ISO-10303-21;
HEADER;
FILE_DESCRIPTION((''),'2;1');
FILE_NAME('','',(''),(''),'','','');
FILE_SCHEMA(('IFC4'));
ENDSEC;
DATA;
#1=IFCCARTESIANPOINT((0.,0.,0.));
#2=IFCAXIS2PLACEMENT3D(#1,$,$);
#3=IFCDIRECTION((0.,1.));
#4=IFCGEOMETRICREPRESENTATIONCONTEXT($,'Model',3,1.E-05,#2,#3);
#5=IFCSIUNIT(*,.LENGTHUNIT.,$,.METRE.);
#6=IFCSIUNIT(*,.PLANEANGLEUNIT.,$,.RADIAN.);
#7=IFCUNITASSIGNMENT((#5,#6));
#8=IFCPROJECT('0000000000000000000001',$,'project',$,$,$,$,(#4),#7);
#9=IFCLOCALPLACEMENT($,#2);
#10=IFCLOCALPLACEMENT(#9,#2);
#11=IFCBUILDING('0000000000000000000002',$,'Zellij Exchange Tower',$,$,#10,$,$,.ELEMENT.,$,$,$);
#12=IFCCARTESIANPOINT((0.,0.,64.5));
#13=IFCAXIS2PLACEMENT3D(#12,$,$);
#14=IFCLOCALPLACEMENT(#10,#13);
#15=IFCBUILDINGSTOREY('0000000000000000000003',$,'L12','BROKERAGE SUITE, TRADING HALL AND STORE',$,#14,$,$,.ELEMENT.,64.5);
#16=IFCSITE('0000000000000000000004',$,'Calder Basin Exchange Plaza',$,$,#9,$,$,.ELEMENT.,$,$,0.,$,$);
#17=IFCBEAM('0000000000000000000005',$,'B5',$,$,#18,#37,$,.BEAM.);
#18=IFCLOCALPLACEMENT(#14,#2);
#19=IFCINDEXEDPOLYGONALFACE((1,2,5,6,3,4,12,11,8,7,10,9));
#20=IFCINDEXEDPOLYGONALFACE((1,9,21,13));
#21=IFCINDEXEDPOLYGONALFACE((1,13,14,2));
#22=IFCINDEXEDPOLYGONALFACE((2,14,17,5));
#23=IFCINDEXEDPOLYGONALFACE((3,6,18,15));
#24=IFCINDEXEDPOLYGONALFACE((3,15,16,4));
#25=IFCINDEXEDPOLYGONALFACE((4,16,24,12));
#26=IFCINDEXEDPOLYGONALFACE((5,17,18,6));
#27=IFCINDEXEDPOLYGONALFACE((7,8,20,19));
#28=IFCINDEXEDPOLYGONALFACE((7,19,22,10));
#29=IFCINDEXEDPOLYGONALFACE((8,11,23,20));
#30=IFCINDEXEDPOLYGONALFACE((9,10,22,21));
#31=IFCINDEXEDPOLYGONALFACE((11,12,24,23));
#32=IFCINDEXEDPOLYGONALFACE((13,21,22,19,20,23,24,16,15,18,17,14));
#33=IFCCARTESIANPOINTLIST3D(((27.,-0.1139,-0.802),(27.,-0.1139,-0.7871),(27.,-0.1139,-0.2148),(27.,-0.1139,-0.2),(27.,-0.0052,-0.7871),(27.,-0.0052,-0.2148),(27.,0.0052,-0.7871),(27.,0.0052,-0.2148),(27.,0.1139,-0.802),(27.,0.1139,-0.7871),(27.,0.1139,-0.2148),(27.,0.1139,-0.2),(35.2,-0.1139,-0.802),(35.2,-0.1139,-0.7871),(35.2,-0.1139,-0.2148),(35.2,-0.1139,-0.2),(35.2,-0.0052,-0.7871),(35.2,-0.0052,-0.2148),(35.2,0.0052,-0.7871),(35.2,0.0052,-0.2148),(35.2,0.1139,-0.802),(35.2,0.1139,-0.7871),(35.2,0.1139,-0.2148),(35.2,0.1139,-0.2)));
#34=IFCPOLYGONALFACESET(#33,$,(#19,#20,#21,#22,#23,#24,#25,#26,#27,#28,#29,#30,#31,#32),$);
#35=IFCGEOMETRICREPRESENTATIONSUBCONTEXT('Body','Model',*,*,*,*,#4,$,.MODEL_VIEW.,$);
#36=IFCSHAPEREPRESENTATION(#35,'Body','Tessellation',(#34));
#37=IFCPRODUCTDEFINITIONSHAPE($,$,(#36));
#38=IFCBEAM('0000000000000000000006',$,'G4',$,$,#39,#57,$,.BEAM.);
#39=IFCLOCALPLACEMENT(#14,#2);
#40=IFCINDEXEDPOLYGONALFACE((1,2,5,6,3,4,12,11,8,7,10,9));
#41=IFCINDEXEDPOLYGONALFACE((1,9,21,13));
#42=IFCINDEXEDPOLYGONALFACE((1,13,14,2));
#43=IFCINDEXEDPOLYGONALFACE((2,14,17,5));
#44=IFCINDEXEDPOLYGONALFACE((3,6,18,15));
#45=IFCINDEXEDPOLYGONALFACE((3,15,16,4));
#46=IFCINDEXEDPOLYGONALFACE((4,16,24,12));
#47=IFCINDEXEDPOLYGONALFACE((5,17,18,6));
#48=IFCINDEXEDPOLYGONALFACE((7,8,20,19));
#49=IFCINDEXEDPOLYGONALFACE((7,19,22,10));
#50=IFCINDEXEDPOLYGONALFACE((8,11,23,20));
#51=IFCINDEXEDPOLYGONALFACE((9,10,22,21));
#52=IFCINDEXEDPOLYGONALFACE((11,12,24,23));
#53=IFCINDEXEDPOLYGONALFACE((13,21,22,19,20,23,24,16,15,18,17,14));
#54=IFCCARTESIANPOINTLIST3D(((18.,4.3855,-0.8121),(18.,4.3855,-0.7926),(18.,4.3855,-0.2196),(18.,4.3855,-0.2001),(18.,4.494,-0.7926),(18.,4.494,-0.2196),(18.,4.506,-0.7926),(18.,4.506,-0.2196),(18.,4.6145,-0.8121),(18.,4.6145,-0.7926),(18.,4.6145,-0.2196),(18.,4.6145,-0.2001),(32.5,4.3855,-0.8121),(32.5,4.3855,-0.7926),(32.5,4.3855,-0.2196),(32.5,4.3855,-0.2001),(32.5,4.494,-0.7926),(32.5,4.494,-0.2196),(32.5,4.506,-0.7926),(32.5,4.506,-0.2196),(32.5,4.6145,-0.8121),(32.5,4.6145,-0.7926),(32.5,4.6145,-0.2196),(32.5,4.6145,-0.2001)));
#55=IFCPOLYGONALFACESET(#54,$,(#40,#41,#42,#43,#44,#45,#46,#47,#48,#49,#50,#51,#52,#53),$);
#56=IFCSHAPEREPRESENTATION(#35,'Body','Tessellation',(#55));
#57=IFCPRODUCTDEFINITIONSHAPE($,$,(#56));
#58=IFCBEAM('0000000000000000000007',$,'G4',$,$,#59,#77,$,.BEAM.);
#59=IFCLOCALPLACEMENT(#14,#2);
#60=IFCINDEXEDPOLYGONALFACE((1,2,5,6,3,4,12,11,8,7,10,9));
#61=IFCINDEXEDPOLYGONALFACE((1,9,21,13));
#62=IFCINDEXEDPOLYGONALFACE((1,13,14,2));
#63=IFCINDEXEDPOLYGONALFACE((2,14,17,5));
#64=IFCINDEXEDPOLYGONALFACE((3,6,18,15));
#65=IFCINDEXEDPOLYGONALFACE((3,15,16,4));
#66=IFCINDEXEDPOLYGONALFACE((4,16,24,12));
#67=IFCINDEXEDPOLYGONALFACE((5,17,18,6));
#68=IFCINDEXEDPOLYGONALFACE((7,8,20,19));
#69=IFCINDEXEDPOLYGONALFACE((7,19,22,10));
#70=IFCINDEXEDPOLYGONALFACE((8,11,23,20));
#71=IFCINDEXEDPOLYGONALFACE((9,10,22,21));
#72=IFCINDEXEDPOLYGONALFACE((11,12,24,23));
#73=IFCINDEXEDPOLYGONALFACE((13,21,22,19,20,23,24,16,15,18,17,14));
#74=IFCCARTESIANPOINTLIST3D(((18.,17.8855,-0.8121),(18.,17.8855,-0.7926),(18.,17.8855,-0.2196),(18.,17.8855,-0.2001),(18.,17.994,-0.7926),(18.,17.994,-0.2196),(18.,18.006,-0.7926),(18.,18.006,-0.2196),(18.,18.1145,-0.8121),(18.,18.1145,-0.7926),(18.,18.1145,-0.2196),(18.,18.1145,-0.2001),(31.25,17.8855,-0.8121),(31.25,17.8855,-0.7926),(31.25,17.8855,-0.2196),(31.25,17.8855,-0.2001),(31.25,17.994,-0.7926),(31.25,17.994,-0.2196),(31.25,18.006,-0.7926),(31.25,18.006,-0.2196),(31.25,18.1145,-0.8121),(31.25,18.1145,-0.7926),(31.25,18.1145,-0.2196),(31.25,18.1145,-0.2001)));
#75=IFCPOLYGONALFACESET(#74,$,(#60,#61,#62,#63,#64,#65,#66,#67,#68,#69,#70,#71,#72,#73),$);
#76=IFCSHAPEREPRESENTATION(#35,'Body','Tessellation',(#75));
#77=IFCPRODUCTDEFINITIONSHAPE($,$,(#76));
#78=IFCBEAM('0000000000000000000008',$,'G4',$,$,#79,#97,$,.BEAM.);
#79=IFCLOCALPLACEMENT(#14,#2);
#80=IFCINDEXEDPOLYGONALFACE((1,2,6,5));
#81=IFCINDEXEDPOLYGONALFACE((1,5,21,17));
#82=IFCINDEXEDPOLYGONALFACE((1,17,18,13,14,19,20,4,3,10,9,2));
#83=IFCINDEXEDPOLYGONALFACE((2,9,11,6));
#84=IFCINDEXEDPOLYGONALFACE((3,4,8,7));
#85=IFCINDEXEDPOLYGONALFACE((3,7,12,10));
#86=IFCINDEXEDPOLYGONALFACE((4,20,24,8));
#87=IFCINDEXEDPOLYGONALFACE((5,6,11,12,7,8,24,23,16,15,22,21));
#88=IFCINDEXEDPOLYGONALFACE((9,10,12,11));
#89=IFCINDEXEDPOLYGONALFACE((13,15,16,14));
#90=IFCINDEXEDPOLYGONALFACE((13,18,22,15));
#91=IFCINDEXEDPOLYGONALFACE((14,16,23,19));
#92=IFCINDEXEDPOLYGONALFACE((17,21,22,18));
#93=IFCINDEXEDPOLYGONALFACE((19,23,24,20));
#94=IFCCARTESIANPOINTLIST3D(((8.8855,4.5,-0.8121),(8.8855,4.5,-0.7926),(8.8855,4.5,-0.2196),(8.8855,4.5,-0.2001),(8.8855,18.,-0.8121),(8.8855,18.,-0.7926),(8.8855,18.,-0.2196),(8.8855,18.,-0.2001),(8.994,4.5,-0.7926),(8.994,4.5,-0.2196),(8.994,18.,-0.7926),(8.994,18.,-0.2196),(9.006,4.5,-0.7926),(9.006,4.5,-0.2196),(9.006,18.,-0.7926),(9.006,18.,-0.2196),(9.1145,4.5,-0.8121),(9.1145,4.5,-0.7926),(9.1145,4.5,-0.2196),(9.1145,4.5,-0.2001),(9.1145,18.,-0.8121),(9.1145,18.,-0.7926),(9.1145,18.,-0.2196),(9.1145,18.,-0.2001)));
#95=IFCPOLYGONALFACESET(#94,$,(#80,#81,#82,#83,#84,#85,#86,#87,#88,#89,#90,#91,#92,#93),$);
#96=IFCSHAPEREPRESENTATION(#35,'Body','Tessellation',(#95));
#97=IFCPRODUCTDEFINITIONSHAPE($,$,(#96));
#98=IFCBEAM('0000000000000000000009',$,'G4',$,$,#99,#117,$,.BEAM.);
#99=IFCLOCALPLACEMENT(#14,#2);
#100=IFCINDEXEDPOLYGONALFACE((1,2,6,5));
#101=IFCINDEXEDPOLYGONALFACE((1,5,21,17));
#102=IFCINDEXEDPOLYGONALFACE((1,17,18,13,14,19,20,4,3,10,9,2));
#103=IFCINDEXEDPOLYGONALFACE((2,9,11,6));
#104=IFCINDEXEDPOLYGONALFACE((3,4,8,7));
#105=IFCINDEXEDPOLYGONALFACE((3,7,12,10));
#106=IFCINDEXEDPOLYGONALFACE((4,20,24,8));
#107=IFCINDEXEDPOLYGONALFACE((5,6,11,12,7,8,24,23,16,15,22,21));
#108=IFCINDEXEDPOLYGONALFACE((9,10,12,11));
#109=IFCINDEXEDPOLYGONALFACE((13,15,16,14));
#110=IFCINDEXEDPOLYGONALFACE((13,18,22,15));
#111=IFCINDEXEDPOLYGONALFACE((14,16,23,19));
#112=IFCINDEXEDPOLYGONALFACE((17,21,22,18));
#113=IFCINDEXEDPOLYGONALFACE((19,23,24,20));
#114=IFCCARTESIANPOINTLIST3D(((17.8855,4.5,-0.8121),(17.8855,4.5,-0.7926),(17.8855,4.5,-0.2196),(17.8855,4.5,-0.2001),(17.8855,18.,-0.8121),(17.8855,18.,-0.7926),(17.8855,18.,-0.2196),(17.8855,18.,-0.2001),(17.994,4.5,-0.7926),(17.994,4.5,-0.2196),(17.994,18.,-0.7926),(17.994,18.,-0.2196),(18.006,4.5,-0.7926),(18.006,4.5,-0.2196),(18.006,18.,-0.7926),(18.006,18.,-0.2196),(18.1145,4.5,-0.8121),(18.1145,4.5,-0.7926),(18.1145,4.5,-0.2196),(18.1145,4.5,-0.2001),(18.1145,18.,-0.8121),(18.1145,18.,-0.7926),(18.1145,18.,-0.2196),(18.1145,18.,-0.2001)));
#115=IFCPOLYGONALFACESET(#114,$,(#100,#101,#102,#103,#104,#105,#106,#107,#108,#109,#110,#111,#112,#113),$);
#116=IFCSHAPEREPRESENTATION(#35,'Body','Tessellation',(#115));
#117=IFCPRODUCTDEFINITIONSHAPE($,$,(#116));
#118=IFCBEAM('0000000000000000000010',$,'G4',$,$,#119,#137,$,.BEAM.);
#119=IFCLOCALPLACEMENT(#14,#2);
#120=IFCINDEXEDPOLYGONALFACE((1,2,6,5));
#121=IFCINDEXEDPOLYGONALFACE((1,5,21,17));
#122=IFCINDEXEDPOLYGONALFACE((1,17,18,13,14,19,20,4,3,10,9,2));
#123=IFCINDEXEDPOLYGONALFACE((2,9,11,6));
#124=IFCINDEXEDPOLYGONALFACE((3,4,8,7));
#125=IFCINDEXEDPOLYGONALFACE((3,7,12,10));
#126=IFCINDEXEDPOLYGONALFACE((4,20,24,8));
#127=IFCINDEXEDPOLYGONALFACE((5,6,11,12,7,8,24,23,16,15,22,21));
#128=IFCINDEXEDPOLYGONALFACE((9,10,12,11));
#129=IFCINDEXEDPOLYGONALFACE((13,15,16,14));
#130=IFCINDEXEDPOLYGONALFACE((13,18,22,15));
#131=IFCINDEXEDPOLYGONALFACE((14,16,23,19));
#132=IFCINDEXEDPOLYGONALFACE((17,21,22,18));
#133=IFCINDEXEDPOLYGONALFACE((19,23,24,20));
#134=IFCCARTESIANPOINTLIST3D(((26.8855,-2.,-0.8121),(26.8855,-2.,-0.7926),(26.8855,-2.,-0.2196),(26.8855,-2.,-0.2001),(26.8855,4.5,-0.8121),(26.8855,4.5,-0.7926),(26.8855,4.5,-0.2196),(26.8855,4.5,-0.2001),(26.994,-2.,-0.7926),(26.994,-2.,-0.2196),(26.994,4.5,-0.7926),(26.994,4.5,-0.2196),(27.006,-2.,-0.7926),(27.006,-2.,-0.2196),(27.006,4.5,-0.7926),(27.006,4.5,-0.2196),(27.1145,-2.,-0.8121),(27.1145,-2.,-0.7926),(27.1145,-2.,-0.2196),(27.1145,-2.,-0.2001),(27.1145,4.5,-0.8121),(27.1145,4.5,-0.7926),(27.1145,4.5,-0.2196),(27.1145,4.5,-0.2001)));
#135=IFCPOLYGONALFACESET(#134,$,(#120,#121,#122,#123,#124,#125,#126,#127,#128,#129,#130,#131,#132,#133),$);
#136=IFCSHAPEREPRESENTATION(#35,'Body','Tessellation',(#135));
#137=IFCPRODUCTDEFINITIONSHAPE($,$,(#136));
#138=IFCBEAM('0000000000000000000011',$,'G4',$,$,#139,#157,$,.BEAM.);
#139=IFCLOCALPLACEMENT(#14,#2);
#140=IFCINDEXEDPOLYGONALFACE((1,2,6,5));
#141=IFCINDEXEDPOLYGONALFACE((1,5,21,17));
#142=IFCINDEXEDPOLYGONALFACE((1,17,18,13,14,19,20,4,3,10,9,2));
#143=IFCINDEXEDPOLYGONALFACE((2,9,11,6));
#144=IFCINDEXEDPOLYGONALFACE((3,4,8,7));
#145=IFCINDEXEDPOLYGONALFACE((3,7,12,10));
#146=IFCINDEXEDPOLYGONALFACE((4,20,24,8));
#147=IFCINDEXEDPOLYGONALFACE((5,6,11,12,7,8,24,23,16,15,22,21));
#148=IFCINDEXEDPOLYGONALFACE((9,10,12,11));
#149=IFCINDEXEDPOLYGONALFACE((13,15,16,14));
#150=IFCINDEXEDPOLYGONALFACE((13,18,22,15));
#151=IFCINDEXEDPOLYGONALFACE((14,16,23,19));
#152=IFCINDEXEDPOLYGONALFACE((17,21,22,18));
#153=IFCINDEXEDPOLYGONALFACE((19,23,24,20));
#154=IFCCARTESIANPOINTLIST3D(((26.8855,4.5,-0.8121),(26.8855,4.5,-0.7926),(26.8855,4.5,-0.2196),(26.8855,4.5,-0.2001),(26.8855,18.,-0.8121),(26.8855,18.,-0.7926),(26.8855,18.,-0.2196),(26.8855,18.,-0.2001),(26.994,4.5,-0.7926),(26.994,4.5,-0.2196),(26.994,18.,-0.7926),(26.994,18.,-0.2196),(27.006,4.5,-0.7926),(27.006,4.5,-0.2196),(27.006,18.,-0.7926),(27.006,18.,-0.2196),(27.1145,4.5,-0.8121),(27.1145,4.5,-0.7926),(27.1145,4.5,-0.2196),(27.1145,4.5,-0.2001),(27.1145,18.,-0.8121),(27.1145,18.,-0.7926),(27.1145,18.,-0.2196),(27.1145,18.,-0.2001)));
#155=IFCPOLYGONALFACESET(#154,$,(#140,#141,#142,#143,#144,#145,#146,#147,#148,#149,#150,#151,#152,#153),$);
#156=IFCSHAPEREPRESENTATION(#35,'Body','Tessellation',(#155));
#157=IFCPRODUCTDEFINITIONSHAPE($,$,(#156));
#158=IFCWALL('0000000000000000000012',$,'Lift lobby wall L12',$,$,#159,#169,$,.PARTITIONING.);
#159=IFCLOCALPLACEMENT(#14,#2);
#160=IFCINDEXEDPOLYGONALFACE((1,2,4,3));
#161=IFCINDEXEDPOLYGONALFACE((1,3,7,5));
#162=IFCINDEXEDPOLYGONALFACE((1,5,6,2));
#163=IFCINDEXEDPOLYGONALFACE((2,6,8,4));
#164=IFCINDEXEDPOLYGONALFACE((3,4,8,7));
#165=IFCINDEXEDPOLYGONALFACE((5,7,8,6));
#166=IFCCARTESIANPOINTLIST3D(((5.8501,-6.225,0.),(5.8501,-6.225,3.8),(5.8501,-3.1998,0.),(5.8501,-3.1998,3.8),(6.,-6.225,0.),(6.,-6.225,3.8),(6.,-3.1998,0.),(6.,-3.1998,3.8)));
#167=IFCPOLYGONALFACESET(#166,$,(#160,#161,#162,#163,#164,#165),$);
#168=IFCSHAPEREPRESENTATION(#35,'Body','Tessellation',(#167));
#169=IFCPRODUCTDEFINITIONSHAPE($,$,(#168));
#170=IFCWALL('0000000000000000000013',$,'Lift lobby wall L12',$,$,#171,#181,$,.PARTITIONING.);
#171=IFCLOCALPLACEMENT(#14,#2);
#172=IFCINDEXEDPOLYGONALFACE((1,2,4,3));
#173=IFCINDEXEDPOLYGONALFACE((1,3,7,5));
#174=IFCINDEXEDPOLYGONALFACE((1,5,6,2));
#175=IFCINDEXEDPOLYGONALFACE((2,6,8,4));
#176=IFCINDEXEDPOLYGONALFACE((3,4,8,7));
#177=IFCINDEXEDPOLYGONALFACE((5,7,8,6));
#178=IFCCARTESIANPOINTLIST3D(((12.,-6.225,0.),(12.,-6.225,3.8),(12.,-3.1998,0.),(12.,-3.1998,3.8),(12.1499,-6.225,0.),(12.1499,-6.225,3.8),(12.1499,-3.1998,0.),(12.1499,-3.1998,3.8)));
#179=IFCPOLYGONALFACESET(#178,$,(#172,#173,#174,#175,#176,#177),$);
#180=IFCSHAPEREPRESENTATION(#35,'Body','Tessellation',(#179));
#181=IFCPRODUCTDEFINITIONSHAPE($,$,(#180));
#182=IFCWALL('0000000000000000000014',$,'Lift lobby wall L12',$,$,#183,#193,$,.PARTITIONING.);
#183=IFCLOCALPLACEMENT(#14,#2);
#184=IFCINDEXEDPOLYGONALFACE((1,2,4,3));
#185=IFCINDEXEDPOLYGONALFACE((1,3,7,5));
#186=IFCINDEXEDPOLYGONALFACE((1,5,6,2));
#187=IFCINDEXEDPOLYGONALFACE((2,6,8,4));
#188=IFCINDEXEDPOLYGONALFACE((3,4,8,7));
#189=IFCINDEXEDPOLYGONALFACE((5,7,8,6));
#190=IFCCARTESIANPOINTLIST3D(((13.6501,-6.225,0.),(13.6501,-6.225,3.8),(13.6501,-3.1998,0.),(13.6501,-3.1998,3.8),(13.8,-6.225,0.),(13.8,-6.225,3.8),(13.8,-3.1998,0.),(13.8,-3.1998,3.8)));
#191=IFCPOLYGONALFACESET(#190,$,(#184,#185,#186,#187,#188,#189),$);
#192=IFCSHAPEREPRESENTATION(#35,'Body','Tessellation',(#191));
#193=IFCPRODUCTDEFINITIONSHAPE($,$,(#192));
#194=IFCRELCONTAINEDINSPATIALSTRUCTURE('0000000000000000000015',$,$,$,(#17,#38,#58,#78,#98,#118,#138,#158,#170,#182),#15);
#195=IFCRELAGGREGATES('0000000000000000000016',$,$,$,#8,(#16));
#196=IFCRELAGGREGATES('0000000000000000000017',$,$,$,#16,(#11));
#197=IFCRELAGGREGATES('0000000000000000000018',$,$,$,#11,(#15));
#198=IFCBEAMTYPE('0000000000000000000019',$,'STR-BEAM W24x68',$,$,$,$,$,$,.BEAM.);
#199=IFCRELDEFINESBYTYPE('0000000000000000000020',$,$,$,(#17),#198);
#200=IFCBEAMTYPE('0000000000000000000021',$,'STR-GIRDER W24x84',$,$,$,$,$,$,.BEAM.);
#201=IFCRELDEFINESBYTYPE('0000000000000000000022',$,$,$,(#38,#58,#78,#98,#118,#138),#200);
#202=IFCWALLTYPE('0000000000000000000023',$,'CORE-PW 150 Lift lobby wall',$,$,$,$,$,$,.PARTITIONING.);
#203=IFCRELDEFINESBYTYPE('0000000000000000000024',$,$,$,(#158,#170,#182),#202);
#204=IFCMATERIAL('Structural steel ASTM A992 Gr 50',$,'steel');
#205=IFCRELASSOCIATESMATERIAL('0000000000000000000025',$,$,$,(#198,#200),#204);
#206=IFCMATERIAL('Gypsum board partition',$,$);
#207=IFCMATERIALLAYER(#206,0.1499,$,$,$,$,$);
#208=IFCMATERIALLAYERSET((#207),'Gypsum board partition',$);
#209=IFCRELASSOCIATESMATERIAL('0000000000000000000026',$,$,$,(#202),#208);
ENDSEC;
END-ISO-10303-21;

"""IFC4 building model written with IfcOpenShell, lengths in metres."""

from ifc_helpers import new_model, si_unit, direction, frame, frame_2d, origin, origin_2d, place, context, subcontext, project, spatial, rectangle, i_section, extrude, material, layer, layer_set, material_profile, profile_set, type_object, element, save


model = new_model("IFC4")

# Units and contexts
model_context = context("Model", 3, precision=1e-05, world=origin(), true_north=direction((0.0, 1.0)))
body_context = subcontext(model_context, "Body", "Model", "MODEL_VIEW")
ifc_project = project(units=[si_unit("LENGTHUNIT", "METRE"), si_unit("PLANEANGLEUNIT", "RADIAN")], contexts=[model_context])

# Site, building, storey
site_placement = place(None, origin())
site = spatial("IfcSite", under=ifc_project, at=site_placement, Name="Calder Basin Exchange Plaza", CompositionType="ELEMENT", RefElevation=0.0)
building_placement = place(site_placement, origin())
building = spatial("IfcBuilding", under=site, at=building_placement, Name="Zellij Exchange Tower", CompositionType="ELEMENT")
storey_placement = place(building_placement, frame((0.0, 0.0, 64.5)))
storey = spatial("IfcBuildingStorey", under=building, at=storey_placement, Name="L12", Description="BROKERAGE SUITE, TRADING HALL AND STORE", CompositionType="ELEMENT", Elevation=64.5)

# Beams
ifc_material_1 = material(Name="Structural steel ASTM A992 Gr 50", Category="steel")
ifc_material_profile_1 = material_profile(ifc_material_1, i_section(OverallWidth=0.2278, OverallDepth=0.6021, WebThickness=0.0105, FlangeThickness=0.0149, at=origin_2d()), Name="W24x68")
ifc_profile_set_1 = profile_set([ifc_material_profile_1], Name="Structural steel ASTM A992 Gr 50")
beam_type_1 = type_object("IfcBeamType", Name="STR-BEAM W24x68", PredefinedType="BEAM", material=ifc_profile_set_1)
for number, where, z_axis, x_axis, name in (
    (1, (27.0, 0.0, -0.501), (1.0, 0.0, 0.0), (0.0, 1.0, 0.0), "B5"),
):
    element("IfcBeam", number, at=place(storey_placement, frame(where, z_axis=z_axis, x_axis=x_axis)), inside=storey, type_object=beam_type_1, Name=name, PredefinedType="BEAM", context=body_context, shape_type="SweptSolid", body=[
        extrude(i_section(OverallWidth=0.2278, OverallDepth=0.6021, WebThickness=0.0105, FlangeThickness=0.0149, at=origin_2d()), origin(), (0.0, 0.0, 1.0), 8.2),
    ])
ifc_material_profile_2 = material_profile(ifc_material_1, i_section(OverallWidth=0.229, OverallDepth=0.6121, WebThickness=0.012, FlangeThickness=0.0195, at=origin_2d()), Name="W24x84")
ifc_profile_set_2 = profile_set([ifc_material_profile_2], Name="Structural steel ASTM A992 Gr 50")
beam_type_2 = type_object("IfcBeamType", Name="STR-GIRDER W24x84", PredefinedType="BEAM", material=ifc_profile_set_2)
beam_1_placement = place(storey_placement, frame((18.0, 4.5, -0.5061), z_axis=(1.0, 0.0, 0.0), x_axis=(0.0, 1.0, 0.0)))
element("IfcBeam", 2, at=beam_1_placement, inside=storey, type_object=beam_type_2, Name="G4", PredefinedType="BEAM", context=body_context, shape_type="SweptSolid", body=[
    extrude(i_section(OverallWidth=0.229, OverallDepth=0.6121, WebThickness=0.012, FlangeThickness=0.0195, at=origin_2d()), origin(), (0.0, 0.0, 1.0), 14.5),
])
beam_2_placement = place(storey_placement, frame((18.0, 18.0, -0.5061), z_axis=(1.0, 0.0, 0.0), x_axis=(0.0, 1.0, 0.0)))
element("IfcBeam", 3, at=beam_2_placement, inside=storey, type_object=beam_type_2, Name="G4", PredefinedType="BEAM", context=body_context, shape_type="SweptSolid", body=[
    extrude(i_section(OverallWidth=0.229, OverallDepth=0.6121, WebThickness=0.012, FlangeThickness=0.0195, at=origin_2d()), origin(), (0.0, 0.0, 1.0), 13.25),
])
for number, where, z_axis, x_axis, name in (
    (4, (9.0, 4.5, -0.5061), (0.0, 1.0, 0.0), (-1.0, 0.0, 0.0), "G4"),
    (5, (18.0, 4.5, -0.5061), (0.0, 1.0, 0.0), (-1.0, 0.0, 0.0), "G4"),
):
    element("IfcBeam", number, at=place(storey_placement, frame(where, z_axis=z_axis, x_axis=x_axis)), inside=storey, type_object=beam_type_2, Name=name, PredefinedType="BEAM", context=body_context, shape_type="SweptSolid", body=[
        extrude(i_section(OverallWidth=0.229, OverallDepth=0.6121, WebThickness=0.012, FlangeThickness=0.0195, at=origin_2d()), origin(), (0.0, 0.0, 1.0), 13.5),
    ])
beam_3_placement = place(storey_placement, frame((27.0, -2.0, -0.5061), z_axis=(0.0, 1.0, 0.0), x_axis=(-1.0, 0.0, 0.0)))
element("IfcBeam", 6, at=beam_3_placement, inside=storey, type_object=beam_type_2, Name="G4", PredefinedType="BEAM", context=body_context, shape_type="SweptSolid", body=[
    extrude(i_section(OverallWidth=0.229, OverallDepth=0.6121, WebThickness=0.012, FlangeThickness=0.0195, at=origin_2d()), origin(), (0.0, 0.0, 1.0), 6.5),
])
beam_4_placement = place(storey_placement, frame((27.0, 4.5, -0.5061), z_axis=(0.0, 1.0, 0.0), x_axis=(-1.0, 0.0, 0.0)))
element("IfcBeam", 7, at=beam_4_placement, inside=storey, type_object=beam_type_2, Name="G4", PredefinedType="BEAM", context=body_context, shape_type="SweptSolid", body=[
    extrude(i_section(OverallWidth=0.229, OverallDepth=0.6121, WebThickness=0.012, FlangeThickness=0.0195, at=origin_2d()), origin(), (0.0, 0.0, 1.0), 13.5),
])

# Walls
ifc_material_2 = material(Name="Gypsum board partition")
ifc_layer_1 = layer(ifc_material_2, 0.1499)
ifc_layer_set_1 = layer_set([ifc_layer_1], Name="Gypsum board partition")
wall_type_1 = type_object("IfcWallType", Name="CORE-PW 150 Lift lobby wall", PredefinedType="PARTITIONING", material=ifc_layer_set_1)
for number, where, z_axis, x_axis, name in (
    (8, (5.925, -6.2251, 0.0), (0.0, 0.0, 1.0), (0.0, 1.0, 0.0), "Lift lobby wall L12"),
    (9, (12.075, -6.2251, 0.0), (0.0, 0.0, 1.0), (0.0, 1.0, 0.0), "Lift lobby wall L12"),
    (10, (13.7251, -6.2251, 0.0), (0.0, 0.0, 1.0), (0.0, 1.0, 0.0), "Lift lobby wall L12"),
):
    element("IfcWall", number, at=place(storey_placement, frame(where, z_axis=z_axis, x_axis=x_axis)), inside=storey, type_object=wall_type_1, Name=name, PredefinedType="PARTITIONING", context=body_context, shape_type="SweptSolid", body=[
        extrude(rectangle(XDim=3.0251, YDim=0.1499, at=frame_2d((1.5127, 0.0))), origin(), (0.0, 0.0, 1.0), 3.8),
    ])

save(model, "model.ifc")
